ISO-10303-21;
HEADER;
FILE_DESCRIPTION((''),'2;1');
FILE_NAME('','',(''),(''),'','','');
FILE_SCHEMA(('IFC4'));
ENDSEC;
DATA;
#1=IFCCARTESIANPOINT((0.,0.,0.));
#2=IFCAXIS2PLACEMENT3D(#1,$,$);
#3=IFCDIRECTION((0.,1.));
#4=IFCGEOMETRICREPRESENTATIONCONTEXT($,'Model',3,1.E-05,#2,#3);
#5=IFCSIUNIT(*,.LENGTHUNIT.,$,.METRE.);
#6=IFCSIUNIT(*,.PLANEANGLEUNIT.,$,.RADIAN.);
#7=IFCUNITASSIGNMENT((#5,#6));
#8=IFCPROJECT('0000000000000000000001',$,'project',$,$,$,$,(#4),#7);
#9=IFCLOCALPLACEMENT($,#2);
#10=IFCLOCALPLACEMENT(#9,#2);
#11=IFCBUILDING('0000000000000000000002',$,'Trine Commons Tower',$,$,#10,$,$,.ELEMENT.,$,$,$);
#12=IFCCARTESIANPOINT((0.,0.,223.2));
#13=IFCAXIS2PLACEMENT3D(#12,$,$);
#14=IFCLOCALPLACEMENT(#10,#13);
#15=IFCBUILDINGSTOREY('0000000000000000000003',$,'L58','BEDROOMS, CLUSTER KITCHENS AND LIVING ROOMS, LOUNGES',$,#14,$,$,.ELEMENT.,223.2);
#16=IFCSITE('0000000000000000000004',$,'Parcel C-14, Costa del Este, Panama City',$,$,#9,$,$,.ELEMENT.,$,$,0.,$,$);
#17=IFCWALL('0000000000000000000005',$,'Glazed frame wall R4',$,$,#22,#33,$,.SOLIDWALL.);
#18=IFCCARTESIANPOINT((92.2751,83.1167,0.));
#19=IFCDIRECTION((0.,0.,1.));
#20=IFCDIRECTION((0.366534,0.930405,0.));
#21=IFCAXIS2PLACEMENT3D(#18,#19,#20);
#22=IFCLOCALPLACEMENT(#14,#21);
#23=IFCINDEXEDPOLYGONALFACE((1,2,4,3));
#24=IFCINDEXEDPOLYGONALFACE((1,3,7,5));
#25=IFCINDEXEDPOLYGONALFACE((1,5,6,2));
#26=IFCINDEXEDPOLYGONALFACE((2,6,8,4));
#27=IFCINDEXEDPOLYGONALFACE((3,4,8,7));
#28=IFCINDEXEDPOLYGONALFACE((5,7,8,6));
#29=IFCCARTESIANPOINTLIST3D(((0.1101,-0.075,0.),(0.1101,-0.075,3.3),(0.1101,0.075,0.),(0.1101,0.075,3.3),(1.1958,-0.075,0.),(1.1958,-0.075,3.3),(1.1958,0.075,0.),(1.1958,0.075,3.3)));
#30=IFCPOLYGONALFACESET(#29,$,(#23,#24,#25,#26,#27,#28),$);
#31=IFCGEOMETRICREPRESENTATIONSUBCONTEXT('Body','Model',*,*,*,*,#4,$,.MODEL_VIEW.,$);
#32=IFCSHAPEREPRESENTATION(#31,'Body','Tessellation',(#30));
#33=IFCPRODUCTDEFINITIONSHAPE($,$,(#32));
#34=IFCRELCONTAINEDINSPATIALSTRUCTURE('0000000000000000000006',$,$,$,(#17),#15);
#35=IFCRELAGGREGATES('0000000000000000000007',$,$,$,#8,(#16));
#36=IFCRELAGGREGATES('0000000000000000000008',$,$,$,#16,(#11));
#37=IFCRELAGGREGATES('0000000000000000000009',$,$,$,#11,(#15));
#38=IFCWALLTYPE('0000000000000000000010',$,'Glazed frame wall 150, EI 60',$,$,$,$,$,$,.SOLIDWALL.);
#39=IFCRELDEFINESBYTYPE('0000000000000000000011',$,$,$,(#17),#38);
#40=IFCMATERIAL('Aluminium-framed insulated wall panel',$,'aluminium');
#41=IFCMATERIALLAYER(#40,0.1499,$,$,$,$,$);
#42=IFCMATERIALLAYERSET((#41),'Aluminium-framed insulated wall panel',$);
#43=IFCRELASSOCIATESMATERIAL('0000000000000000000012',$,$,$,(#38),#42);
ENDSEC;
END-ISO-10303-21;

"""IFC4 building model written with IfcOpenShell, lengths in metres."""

from ifc_helpers import new_model, si_unit, direction, frame, origin, place, context, subcontext, project, spatial, polyline, outline, extrude, material, layer, layer_set, type_object, element, save


model = new_model("IFC4")

# Units and contexts
model_context = context("Model", 3, precision=1e-05, world=origin(), true_north=direction((0.0, 1.0)))
body_context = subcontext(model_context, "Body", "Model", "MODEL_VIEW")
ifc_project = project(units=[si_unit("LENGTHUNIT", "METRE"), si_unit("PLANEANGLEUNIT", "RADIAN")], contexts=[model_context])

# Site, building, storey
site_placement = place(None, origin())
site = spatial("IfcSite", under=ifc_project, at=site_placement, Name="Parcel C-14, Costa del Este, Panama City", CompositionType="ELEMENT", RefElevation=0.0)
building_placement = place(site_placement, origin())
building = spatial("IfcBuilding", under=site, at=building_placement, Name="Trine Commons Tower", CompositionType="ELEMENT")
storey_placement = place(building_placement, frame((0.0, 0.0, 223.2)))
storey = spatial("IfcBuildingStorey", under=building, at=storey_placement, Name="L58", Description="BEDROOMS, CLUSTER KITCHENS AND LIVING ROOMS, LOUNGES", CompositionType="ELEMENT", Elevation=223.2)

# Shared definitions
ifc_material_1 = material(Name="Aluminium-framed insulated wall panel", Category="aluminium")
ifc_layer_1 = layer(ifc_material_1, 0.1499)
ifc_layer_set_1 = layer_set([ifc_layer_1], Name="Aluminium-framed insulated wall panel")
wall_type_1 = type_object("IfcWallType", Name="Glazed frame wall 150, EI 60", PredefinedType="SOLIDWALL", material=ifc_layer_set_1)

# Wall
wall_1_placement = place(storey_placement, frame((92.2751, 83.1167, 0.0), z_axis=(0.0, 0.0, 1.0), x_axis=(0.366534, 0.930405, 0.0)))
element("IfcWall", 1, at=wall_1_placement, inside=storey, type_object=wall_type_1, Name="Glazed frame wall R4", PredefinedType="SOLIDWALL", context=body_context, shape_type="SweptSolid", body=[
    extrude(outline(polyline([(0.1101, 0.075), (0.1101, -0.075), (1.1958, -0.075), (1.1958, 0.075), (0.1101, 0.075)])), origin(), (0.0, 0.0, 1.0), 3.3),
])

save(model, "model.ifc")
